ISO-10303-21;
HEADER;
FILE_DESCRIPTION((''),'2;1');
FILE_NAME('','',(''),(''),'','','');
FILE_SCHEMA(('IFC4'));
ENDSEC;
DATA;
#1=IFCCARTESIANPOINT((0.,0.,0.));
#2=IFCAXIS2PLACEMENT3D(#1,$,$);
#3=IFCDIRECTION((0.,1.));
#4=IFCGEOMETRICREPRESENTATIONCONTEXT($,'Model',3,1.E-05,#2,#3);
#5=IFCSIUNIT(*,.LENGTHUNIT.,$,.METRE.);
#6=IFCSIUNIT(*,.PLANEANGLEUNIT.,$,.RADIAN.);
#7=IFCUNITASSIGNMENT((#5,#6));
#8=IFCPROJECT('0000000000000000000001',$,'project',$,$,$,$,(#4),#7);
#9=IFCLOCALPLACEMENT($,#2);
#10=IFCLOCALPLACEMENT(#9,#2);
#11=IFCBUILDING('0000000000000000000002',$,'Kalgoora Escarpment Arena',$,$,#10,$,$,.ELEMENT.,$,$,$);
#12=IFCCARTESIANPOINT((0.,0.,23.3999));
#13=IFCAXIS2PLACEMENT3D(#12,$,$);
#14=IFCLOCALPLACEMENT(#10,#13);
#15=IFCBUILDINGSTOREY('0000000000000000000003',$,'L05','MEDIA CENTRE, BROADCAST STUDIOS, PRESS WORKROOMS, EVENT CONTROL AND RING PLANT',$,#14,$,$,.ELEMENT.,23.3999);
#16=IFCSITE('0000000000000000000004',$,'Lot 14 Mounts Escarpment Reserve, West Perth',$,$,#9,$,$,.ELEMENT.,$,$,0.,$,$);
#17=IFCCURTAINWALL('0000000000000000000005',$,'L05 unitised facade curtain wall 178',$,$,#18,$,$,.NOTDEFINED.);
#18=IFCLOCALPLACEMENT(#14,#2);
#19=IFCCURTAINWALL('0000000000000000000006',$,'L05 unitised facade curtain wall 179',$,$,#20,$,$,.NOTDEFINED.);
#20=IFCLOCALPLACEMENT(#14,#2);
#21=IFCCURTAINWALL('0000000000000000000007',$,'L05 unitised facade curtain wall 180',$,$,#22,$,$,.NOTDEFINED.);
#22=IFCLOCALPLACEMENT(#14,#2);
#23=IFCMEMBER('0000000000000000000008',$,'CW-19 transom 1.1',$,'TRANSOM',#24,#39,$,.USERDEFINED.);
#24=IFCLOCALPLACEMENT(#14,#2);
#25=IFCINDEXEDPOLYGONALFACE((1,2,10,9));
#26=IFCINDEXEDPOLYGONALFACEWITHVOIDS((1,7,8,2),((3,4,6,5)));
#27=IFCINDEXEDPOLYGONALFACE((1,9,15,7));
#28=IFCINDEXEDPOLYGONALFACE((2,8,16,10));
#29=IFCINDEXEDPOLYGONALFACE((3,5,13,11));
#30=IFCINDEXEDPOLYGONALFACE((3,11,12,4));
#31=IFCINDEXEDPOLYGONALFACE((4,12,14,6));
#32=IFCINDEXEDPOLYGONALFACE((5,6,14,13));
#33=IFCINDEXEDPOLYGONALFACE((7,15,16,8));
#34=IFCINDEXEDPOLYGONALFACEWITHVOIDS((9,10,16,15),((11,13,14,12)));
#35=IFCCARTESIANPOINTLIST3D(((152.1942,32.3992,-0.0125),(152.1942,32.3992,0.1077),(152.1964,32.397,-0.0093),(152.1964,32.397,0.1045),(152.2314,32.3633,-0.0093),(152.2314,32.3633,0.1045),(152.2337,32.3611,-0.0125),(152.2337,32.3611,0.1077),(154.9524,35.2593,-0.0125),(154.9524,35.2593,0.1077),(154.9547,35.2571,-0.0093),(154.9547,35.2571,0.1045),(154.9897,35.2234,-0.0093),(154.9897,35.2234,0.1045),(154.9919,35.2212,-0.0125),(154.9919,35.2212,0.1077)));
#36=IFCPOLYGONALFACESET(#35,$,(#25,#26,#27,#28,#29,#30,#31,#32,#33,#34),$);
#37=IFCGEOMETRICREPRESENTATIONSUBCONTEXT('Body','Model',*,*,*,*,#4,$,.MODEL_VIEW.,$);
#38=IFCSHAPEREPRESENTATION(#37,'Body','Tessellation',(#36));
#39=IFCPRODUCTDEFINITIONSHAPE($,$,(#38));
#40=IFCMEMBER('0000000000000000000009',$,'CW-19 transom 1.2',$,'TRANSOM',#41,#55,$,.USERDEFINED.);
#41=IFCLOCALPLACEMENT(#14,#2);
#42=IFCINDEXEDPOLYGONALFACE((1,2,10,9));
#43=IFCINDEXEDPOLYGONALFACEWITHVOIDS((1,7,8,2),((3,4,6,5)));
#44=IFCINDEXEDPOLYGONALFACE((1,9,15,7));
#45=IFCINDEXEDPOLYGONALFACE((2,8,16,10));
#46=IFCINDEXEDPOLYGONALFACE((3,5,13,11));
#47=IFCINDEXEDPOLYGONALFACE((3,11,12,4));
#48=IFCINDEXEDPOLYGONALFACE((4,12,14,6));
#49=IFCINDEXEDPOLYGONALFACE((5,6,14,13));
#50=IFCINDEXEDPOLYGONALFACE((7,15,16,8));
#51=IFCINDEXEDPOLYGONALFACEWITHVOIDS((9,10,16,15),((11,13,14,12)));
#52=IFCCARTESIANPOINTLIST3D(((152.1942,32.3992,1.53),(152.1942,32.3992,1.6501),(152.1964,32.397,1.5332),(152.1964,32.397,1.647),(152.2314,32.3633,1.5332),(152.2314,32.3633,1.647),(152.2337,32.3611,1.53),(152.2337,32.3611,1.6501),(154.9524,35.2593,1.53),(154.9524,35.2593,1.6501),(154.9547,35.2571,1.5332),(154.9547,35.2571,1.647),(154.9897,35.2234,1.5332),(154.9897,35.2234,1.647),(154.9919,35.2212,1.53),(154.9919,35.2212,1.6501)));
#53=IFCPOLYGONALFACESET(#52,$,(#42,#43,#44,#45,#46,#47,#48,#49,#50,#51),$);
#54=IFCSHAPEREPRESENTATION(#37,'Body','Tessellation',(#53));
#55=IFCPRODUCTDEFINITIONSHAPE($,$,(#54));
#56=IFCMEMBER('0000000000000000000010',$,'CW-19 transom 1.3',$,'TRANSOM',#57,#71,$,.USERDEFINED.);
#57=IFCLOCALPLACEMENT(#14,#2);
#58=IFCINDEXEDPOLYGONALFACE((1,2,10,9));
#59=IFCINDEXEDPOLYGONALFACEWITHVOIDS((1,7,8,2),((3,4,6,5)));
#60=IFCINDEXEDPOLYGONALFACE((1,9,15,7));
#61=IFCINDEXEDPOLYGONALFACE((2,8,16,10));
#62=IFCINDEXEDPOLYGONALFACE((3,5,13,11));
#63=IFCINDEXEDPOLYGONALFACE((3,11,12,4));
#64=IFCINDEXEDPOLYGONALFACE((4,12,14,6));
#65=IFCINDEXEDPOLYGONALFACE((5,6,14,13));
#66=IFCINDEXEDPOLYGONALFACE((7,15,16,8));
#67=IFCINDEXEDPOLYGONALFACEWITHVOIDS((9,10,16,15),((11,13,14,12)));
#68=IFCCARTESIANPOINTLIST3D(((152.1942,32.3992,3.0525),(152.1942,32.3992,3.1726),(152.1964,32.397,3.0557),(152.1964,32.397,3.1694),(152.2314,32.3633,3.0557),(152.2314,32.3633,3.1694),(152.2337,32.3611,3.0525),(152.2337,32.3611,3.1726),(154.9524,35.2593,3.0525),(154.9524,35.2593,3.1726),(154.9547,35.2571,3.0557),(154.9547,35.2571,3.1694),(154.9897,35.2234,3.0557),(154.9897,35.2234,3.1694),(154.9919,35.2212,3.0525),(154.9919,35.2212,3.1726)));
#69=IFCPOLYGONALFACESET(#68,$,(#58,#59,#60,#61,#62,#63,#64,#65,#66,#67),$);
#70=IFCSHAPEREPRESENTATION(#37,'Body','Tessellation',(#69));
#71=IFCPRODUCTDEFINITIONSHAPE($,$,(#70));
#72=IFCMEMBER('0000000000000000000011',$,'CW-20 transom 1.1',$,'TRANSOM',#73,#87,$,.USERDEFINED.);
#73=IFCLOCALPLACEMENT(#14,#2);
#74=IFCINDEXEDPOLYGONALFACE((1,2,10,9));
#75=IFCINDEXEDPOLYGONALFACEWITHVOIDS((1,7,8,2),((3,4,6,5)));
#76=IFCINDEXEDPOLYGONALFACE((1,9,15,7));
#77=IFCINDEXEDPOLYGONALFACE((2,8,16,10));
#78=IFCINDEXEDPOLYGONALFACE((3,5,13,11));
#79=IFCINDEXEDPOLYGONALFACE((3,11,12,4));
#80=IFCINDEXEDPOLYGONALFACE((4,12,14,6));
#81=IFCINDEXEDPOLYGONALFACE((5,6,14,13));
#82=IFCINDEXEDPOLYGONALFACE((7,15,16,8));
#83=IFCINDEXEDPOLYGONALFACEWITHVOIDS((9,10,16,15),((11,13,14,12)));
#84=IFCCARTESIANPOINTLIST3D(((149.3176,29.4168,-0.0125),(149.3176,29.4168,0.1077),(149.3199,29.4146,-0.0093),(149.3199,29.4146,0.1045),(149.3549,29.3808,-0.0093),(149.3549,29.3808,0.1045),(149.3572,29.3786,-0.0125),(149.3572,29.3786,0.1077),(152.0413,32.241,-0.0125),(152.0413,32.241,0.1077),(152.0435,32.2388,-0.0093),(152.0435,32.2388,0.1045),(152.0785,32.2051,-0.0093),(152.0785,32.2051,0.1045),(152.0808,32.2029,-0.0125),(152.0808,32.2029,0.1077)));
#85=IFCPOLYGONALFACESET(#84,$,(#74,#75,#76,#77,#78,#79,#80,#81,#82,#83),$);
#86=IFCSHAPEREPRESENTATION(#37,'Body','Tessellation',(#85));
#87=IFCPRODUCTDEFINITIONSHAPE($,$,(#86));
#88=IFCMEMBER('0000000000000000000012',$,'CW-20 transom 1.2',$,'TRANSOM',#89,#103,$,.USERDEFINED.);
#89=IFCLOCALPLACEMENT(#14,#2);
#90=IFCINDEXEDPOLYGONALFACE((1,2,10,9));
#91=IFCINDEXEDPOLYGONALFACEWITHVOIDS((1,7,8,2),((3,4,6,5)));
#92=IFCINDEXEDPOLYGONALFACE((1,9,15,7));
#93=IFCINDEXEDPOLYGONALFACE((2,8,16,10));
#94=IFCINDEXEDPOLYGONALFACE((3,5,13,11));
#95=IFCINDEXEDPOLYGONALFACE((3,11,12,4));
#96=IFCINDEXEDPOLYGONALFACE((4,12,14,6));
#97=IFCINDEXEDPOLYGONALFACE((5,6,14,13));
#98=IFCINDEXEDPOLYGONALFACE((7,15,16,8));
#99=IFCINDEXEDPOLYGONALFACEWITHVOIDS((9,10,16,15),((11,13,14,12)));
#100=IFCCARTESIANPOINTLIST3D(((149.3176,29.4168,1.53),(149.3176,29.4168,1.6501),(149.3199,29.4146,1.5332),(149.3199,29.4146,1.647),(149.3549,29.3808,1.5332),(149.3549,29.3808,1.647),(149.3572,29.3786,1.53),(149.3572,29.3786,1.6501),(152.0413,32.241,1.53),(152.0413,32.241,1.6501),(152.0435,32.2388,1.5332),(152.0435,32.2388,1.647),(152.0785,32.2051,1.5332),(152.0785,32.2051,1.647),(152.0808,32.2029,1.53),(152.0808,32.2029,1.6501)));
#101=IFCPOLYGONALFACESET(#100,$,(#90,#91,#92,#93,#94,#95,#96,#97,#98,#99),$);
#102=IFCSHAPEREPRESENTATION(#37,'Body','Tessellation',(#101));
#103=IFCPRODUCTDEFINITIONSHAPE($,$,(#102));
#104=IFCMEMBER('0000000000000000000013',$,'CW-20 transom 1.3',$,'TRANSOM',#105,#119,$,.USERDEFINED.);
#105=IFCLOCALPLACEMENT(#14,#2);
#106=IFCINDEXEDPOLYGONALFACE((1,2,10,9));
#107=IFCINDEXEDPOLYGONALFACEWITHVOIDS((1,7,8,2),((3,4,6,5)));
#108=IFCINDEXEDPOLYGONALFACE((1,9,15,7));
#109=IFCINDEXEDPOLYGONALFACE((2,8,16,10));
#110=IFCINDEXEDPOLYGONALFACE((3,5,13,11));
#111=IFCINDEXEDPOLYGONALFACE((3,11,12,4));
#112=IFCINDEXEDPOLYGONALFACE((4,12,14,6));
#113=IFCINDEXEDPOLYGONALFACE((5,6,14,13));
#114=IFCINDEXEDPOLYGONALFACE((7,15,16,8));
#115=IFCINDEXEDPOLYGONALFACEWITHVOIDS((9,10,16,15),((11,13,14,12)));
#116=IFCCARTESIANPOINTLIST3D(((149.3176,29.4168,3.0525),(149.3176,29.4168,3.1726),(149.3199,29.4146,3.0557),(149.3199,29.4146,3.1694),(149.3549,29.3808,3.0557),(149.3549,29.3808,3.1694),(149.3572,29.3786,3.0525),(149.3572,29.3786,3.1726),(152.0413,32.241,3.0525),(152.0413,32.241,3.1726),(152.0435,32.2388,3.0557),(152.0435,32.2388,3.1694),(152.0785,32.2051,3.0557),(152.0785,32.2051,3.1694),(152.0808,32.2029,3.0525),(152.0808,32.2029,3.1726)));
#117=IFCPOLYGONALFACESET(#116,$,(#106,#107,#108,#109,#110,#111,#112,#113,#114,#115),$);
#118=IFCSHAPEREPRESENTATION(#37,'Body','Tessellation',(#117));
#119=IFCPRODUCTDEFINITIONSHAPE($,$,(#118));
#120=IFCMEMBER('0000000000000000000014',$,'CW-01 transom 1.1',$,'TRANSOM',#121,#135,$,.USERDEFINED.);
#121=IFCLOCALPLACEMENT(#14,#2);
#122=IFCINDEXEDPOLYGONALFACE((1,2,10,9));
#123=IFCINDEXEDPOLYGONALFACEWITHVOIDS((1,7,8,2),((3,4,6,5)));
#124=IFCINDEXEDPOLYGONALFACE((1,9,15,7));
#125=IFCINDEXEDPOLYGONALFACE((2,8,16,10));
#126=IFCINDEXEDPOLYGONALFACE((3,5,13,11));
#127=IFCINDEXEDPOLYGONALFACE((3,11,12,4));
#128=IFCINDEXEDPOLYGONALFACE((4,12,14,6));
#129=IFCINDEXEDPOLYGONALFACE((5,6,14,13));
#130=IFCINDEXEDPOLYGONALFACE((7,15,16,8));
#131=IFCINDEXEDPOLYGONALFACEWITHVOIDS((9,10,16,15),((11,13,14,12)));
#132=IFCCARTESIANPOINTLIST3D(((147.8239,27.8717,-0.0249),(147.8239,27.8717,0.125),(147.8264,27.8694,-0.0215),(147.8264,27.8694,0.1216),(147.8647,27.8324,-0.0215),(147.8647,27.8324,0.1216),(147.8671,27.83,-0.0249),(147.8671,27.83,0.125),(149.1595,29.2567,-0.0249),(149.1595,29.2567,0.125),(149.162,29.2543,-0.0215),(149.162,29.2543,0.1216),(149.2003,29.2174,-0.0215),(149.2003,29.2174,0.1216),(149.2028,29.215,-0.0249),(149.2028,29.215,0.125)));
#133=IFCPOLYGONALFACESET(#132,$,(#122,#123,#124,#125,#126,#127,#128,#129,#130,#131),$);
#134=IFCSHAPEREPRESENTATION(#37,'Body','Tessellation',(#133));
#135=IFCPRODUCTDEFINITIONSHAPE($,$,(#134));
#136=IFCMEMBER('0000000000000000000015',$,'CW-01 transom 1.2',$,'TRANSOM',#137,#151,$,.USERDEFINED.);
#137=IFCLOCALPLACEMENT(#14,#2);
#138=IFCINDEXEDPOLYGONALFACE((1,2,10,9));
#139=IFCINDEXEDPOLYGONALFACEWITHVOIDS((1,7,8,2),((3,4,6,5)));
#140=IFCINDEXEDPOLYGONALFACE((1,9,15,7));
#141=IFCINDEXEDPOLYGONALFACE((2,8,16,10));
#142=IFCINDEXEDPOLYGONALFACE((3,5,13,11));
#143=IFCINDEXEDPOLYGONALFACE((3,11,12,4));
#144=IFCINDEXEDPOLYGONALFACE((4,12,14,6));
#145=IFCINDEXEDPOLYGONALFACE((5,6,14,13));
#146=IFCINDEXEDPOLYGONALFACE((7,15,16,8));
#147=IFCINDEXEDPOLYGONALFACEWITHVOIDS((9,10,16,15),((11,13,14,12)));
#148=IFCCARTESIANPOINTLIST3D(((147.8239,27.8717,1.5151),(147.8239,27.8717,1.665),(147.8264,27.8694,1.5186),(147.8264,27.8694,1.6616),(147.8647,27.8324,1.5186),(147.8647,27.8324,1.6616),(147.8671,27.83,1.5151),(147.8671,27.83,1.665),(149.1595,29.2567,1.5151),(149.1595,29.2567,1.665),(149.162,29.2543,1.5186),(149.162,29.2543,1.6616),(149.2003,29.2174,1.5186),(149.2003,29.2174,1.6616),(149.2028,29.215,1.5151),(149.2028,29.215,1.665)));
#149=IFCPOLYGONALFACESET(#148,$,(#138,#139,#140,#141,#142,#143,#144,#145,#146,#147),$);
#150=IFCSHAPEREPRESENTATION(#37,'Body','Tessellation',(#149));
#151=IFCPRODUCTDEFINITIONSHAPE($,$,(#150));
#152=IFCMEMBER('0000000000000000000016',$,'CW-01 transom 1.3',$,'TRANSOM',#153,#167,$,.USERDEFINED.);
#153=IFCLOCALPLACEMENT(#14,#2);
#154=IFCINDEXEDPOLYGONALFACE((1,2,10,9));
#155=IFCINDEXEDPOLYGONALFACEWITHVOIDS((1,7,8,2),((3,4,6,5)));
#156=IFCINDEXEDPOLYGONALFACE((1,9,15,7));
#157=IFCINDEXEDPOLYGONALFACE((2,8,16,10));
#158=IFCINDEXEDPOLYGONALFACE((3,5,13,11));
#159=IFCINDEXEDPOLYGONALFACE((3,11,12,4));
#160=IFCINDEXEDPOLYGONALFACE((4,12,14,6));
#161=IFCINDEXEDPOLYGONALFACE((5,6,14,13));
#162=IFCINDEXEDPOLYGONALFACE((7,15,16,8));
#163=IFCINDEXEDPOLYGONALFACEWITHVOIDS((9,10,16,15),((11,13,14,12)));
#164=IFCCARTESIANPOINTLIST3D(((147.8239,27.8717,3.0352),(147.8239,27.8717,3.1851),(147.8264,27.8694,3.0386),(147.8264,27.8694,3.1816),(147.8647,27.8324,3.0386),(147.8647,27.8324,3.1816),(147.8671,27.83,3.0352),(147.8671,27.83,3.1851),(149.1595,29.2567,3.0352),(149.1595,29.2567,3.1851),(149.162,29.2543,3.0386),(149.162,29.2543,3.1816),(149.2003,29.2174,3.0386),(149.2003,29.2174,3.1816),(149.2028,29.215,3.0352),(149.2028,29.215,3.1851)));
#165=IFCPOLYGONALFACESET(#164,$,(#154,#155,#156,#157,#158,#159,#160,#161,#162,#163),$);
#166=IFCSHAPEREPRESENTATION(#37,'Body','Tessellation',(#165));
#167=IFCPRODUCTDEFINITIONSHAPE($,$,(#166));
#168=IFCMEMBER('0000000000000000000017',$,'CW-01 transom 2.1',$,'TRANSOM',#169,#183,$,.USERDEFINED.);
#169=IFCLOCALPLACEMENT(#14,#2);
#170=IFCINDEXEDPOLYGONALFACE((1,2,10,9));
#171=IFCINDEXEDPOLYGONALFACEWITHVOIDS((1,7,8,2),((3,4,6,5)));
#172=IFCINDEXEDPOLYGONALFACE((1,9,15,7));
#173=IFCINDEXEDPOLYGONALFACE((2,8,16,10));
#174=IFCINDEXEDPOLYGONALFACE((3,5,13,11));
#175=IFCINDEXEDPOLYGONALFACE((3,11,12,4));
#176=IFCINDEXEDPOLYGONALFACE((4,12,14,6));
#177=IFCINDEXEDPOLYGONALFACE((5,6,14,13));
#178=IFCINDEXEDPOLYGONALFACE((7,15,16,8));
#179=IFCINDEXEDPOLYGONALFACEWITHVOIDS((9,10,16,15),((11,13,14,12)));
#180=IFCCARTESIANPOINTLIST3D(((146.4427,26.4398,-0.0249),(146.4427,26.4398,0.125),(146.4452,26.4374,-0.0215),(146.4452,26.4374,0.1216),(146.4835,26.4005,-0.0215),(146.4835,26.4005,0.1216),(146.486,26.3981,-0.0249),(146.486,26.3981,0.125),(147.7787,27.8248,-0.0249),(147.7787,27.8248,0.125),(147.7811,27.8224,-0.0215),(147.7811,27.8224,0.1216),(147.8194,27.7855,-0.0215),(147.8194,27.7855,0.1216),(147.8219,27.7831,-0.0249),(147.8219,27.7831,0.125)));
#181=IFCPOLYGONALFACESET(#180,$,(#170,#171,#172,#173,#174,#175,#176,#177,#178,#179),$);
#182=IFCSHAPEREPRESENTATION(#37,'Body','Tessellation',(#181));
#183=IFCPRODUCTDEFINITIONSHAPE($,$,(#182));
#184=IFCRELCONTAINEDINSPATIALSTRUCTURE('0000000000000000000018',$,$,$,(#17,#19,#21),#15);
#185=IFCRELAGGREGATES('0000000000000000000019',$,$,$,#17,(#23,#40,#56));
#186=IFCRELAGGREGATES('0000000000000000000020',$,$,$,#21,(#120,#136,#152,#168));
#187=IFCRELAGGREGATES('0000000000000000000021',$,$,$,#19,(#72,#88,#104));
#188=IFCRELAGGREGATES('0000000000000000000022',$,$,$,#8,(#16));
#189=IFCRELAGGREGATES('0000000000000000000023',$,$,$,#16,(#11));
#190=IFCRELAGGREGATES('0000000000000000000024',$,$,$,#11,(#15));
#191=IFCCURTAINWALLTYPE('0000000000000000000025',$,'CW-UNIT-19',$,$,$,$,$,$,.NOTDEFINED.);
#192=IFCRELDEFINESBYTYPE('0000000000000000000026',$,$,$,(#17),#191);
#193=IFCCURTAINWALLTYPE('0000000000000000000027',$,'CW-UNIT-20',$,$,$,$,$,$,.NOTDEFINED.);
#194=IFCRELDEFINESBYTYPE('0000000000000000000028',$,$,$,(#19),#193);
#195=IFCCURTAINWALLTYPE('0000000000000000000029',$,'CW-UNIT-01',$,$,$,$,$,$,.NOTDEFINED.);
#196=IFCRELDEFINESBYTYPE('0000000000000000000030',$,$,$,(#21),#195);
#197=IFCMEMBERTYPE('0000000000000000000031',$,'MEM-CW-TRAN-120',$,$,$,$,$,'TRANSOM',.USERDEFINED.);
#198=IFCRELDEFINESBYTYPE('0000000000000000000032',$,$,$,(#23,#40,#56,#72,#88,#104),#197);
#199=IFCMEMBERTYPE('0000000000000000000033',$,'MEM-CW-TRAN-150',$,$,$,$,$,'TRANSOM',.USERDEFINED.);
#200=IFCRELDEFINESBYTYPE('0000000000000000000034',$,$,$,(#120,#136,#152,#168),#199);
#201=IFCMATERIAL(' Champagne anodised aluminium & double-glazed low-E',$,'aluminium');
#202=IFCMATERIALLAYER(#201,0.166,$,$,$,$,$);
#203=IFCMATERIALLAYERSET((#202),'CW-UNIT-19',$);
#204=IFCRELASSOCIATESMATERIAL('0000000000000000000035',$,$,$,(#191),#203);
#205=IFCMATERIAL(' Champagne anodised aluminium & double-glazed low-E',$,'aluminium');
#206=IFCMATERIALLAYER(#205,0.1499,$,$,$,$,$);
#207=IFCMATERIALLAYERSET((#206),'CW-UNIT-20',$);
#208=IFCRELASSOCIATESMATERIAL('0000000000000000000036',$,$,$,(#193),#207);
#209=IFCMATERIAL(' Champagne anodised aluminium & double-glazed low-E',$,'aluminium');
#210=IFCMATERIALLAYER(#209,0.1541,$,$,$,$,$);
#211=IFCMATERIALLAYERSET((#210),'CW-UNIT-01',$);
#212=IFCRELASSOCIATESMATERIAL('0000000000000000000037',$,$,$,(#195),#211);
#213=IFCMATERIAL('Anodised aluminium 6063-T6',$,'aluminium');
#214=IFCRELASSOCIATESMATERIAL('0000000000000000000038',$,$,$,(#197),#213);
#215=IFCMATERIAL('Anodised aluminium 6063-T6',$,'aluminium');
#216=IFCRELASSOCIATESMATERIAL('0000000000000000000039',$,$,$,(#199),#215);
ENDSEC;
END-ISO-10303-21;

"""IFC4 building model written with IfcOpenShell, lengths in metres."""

from ifc_helpers import new_model, si_unit, direction, frame, origin, origin_2d, place, context, subcontext, project, spatial, hollow_rectangle, extrude, material, layer, layer_set, material_profile, profile_set, type_object, element, aggregate, save


model = new_model("IFC4")

# Units and contexts
model_context = context("Model", 3, precision=1e-05, world=origin(), true_north=direction((0.0, 1.0)))
body_context = subcontext(model_context, "Body", "Model", "MODEL_VIEW")
ifc_project = project(units=[si_unit("LENGTHUNIT", "METRE"), si_unit("PLANEANGLEUNIT", "RADIAN")], contexts=[model_context])

# Site, building, storey
site_placement = place(None, origin())
site = spatial("IfcSite", under=ifc_project, at=site_placement, Name="Lot 14 Mounts Escarpment Reserve, West Perth", CompositionType="ELEMENT", RefElevation=0.0)
building_placement = place(site_placement, origin())
building = spatial("IfcBuilding", under=site, at=building_placement, Name="Kalgoora Escarpment Arena", CompositionType="ELEMENT")
storey_placement = place(building_placement, frame((0.0, 0.0, 23.3999)))
storey = spatial("IfcBuildingStorey", under=building, at=storey_placement, Name="L05", Description="MEDIA CENTRE, BROADCAST STUDIOS, PRESS WORKROOMS, EVENT CONTROL AND RING PLANT", CompositionType="ELEMENT", Elevation=23.3999)

# Curtain walls
ifc_material_1 = material(Name=" Champagne anodised aluminium & double-glazed low-E", Category="aluminium")
ifc_layer_1 = layer(ifc_material_1, 0.166)
ifc_layer_set_1 = layer_set([ifc_layer_1], Name="CW-UNIT-19")
curtain_wall_type_1 = type_object("IfcCurtainWallType", Name="CW-UNIT-19", PredefinedType="NOTDEFINED", material=ifc_layer_set_1)
curtain_wall_1_placement = place(storey_placement, origin())
curtain_wall_1 = element("IfcCurtainWall", 1, at=curtain_wall_1_placement, inside=storey, type_object=curtain_wall_type_1, Name="L05 unitised facade curtain wall 178", PredefinedType="NOTDEFINED")
ifc_material_2 = material(Name=" Champagne anodised aluminium & double-glazed low-E", Category="aluminium")
ifc_layer_2 = layer(ifc_material_2, 0.1499)
ifc_layer_set_2 = layer_set([ifc_layer_2], Name="CW-UNIT-20")
curtain_wall_type_2 = type_object("IfcCurtainWallType", Name="CW-UNIT-20", PredefinedType="NOTDEFINED", material=ifc_layer_set_2)
curtain_wall_2_placement = place(storey_placement, origin())
curtain_wall_2 = element("IfcCurtainWall", 2, at=curtain_wall_2_placement, inside=storey, type_object=curtain_wall_type_2, Name="L05 unitised facade curtain wall 179", PredefinedType="NOTDEFINED")
ifc_material_3 = material(Name=" Champagne anodised aluminium & double-glazed low-E", Category="aluminium")
ifc_layer_3 = layer(ifc_material_3, 0.1541)
ifc_layer_set_3 = layer_set([ifc_layer_3], Name="CW-UNIT-01")
curtain_wall_type_3 = type_object("IfcCurtainWallType", Name="CW-UNIT-01", PredefinedType="NOTDEFINED", material=ifc_layer_set_3)
curtain_wall_3_placement = place(storey_placement, origin())
curtain_wall_3 = element("IfcCurtainWall", 3, at=curtain_wall_3_placement, inside=storey, type_object=curtain_wall_type_3, Name="L05 unitised facade curtain wall 180", PredefinedType="NOTDEFINED")

# Members
ifc_material_4 = material(Name="Anodised aluminium 6063-T6", Category="aluminium")
ifc_material_profile_1 = material_profile(ifc_material_4, hollow_rectangle(XDim=0.0549, YDim=0.1201, WallThickness=0.0032, at=origin_2d()))
ifc_profile_set_1 = profile_set([ifc_material_profile_1], Name="Anodised aluminium 6063-T6")
member_type_1 = type_object("IfcMemberType", Name="MEM-CW-TRAN-120", ElementType="TRANSOM", PredefinedType="USERDEFINED", material=ifc_profile_set_1)
member_1_placement = place(storey_placement, frame((154.9722, 35.2402, 0.0476), z_axis=(-0.69418, -0.719802, 0.0), x_axis=(0.719802, -0.69418, 0.0)))
member_1 = element("IfcMember", 4, at=member_1_placement, type_object=member_type_1, Name="CW-19 transom 1.1", ObjectType="TRANSOM", PredefinedType="USERDEFINED", context=body_context, shape_type="SweptSolid", body=[
    extrude(hollow_rectangle(XDim=0.0549, YDim=0.1201, WallThickness=0.0032, at=origin_2d()), origin(), (0.0, 0.0, 1.0), 3.9734),
])
member_2_placement = place(storey_placement, frame((154.9722, 35.2402, 1.5901), z_axis=(-0.69418, -0.719802, 0.0), x_axis=(0.719802, -0.69418, 0.0)))
member_2 = element("IfcMember", 5, at=member_2_placement, type_object=member_type_1, Name="CW-19 transom 1.2", ObjectType="TRANSOM", PredefinedType="USERDEFINED", context=body_context, shape_type="SweptSolid", body=[
    extrude(hollow_rectangle(XDim=0.0549, YDim=0.1201, WallThickness=0.0032, at=origin_2d()), origin(), (0.0, 0.0, 1.0), 3.9734),
])
member_3_placement = place(storey_placement, frame((154.9722, 35.2402, 3.1125), z_axis=(-0.69418, -0.719802, 0.0), x_axis=(0.719802, -0.69418, 0.0)))
member_3 = element("IfcMember", 6, at=member_3_placement, type_object=member_type_1, Name="CW-19 transom 1.3", ObjectType="TRANSOM", PredefinedType="USERDEFINED", context=body_context, shape_type="SweptSolid", body=[
    extrude(hollow_rectangle(XDim=0.0549, YDim=0.1201, WallThickness=0.0032, at=origin_2d()), origin(), (0.0, 0.0, 1.0), 3.9734),
])
member_4_placement = place(storey_placement, frame((152.061, 32.2219, 0.0476), z_axis=(-0.694172, -0.719809, 0.0), x_axis=(0.719809, -0.694172, 0.0)))
member_4 = element("IfcMember", 7, at=member_4_placement, type_object=member_type_1, Name="CW-20 transom 1.1", ObjectType="TRANSOM", PredefinedType="USERDEFINED", context=body_context, shape_type="SweptSolid", body=[
    extrude(hollow_rectangle(XDim=0.0549, YDim=0.1201, WallThickness=0.0032, at=origin_2d()), origin(), (0.0, 0.0, 1.0), 3.9236),
])
member_5_placement = place(storey_placement, frame((152.061, 32.2219, 1.5901), z_axis=(-0.694172, -0.719809, 0.0), x_axis=(0.719809, -0.694172, 0.0)))
member_5 = element("IfcMember", 8, at=member_5_placement, type_object=member_type_1, Name="CW-20 transom 1.2", ObjectType="TRANSOM", PredefinedType="USERDEFINED", context=body_context, shape_type="SweptSolid", body=[
    extrude(hollow_rectangle(XDim=0.0549, YDim=0.1201, WallThickness=0.0032, at=origin_2d()), origin(), (0.0, 0.0, 1.0), 3.9236),
])
member_6_placement = place(storey_placement, frame((152.061, 32.2219, 3.1125), z_axis=(-0.694172, -0.719809, 0.0), x_axis=(0.719809, -0.694172, 0.0)))
member_6 = element("IfcMember", 9, at=member_6_placement, type_object=member_type_1, Name="CW-20 transom 1.3", ObjectType="TRANSOM", PredefinedType="USERDEFINED", context=body_context, shape_type="SweptSolid", body=[
    extrude(hollow_rectangle(XDim=0.0549, YDim=0.1201, WallThickness=0.0032, at=origin_2d()), origin(), (0.0, 0.0, 1.0), 3.9236),
])
ifc_material_5 = material(Name="Anodised aluminium 6063-T6", Category="aluminium")
ifc_material_profile_2 = material_profile(ifc_material_5, hollow_rectangle(XDim=0.0601, YDim=0.1499, WallThickness=0.0034, at=origin_2d()))
ifc_profile_set_2 = profile_set([ifc_material_profile_2], Name="Anodised aluminium 6063-T6")
member_type_2 = type_object("IfcMemberType", Name="MEM-CW-TRAN-150", ElementType="TRANSOM", PredefinedType="USERDEFINED", material=ifc_profile_set_2)
member_7_placement = place(storey_placement, frame((149.1812, 29.2358, 0.05), z_axis=(-0.694175, -0.719806, 0.0), x_axis=(0.719806, -0.694175, 0.0)))
member_7 = element("IfcMember", 10, at=member_7_placement, type_object=member_type_2, Name="CW-01 transom 1.1", ObjectType="TRANSOM", PredefinedType="USERDEFINED", context=body_context, shape_type="SweptSolid", body=[
    extrude(hollow_rectangle(XDim=0.0601, YDim=0.1499, WallThickness=0.0034, at=origin_2d()), origin(), (0.0, 0.0, 1.0), 1.9241),
])
member_8_placement = place(storey_placement, frame((149.1812, 29.2358, 1.5901), z_axis=(-0.694175, -0.719806, 0.0), x_axis=(0.719806, -0.694175, 0.0)))
member_8 = element("IfcMember", 11, at=member_8_placement, type_object=member_type_2, Name="CW-01 transom 1.2", ObjectType="TRANSOM", PredefinedType="USERDEFINED", context=body_context, shape_type="SweptSolid", body=[
    extrude(hollow_rectangle(XDim=0.0601, YDim=0.1499, WallThickness=0.0034, at=origin_2d()), origin(), (0.0, 0.0, 1.0), 1.9241),
])
member_9_placement = place(storey_placement, frame((149.1812, 29.2358, 3.1101), z_axis=(-0.694175, -0.719806, 0.0), x_axis=(0.719806, -0.694175, 0.0)))
member_9 = element("IfcMember", 12, at=member_9_placement, type_object=member_type_2, Name="CW-01 transom 1.3", ObjectType="TRANSOM", PredefinedType="USERDEFINED", context=body_context, shape_type="SweptSolid", body=[
    extrude(hollow_rectangle(XDim=0.0601, YDim=0.1499, WallThickness=0.0034, at=origin_2d()), origin(), (0.0, 0.0, 1.0), 1.9241),
])
member_10_placement = place(storey_placement, frame((147.8003, 27.804, 0.05), z_axis=(-0.694241, -0.719742, 0.0), x_axis=(0.719742, -0.694241, 0.0)))
member_10 = element("IfcMember", 13, at=member_10_placement, type_object=member_type_2, Name="CW-01 transom 2.1", ObjectType="TRANSOM", PredefinedType="USERDEFINED", context=body_context, shape_type="SweptSolid", body=[
    extrude(hollow_rectangle(XDim=0.0601, YDim=0.1499, WallThickness=0.0034, at=origin_2d()), origin(), (0.0, 0.0, 1.0), 1.9243),
])

aggregate(curtain_wall_1, [member_1, member_2, member_3])
aggregate(curtain_wall_3, [member_7, member_8, member_9, member_10])
aggregate(curtain_wall_2, [member_4, member_5, member_6])

save(model, "model.ifc")
